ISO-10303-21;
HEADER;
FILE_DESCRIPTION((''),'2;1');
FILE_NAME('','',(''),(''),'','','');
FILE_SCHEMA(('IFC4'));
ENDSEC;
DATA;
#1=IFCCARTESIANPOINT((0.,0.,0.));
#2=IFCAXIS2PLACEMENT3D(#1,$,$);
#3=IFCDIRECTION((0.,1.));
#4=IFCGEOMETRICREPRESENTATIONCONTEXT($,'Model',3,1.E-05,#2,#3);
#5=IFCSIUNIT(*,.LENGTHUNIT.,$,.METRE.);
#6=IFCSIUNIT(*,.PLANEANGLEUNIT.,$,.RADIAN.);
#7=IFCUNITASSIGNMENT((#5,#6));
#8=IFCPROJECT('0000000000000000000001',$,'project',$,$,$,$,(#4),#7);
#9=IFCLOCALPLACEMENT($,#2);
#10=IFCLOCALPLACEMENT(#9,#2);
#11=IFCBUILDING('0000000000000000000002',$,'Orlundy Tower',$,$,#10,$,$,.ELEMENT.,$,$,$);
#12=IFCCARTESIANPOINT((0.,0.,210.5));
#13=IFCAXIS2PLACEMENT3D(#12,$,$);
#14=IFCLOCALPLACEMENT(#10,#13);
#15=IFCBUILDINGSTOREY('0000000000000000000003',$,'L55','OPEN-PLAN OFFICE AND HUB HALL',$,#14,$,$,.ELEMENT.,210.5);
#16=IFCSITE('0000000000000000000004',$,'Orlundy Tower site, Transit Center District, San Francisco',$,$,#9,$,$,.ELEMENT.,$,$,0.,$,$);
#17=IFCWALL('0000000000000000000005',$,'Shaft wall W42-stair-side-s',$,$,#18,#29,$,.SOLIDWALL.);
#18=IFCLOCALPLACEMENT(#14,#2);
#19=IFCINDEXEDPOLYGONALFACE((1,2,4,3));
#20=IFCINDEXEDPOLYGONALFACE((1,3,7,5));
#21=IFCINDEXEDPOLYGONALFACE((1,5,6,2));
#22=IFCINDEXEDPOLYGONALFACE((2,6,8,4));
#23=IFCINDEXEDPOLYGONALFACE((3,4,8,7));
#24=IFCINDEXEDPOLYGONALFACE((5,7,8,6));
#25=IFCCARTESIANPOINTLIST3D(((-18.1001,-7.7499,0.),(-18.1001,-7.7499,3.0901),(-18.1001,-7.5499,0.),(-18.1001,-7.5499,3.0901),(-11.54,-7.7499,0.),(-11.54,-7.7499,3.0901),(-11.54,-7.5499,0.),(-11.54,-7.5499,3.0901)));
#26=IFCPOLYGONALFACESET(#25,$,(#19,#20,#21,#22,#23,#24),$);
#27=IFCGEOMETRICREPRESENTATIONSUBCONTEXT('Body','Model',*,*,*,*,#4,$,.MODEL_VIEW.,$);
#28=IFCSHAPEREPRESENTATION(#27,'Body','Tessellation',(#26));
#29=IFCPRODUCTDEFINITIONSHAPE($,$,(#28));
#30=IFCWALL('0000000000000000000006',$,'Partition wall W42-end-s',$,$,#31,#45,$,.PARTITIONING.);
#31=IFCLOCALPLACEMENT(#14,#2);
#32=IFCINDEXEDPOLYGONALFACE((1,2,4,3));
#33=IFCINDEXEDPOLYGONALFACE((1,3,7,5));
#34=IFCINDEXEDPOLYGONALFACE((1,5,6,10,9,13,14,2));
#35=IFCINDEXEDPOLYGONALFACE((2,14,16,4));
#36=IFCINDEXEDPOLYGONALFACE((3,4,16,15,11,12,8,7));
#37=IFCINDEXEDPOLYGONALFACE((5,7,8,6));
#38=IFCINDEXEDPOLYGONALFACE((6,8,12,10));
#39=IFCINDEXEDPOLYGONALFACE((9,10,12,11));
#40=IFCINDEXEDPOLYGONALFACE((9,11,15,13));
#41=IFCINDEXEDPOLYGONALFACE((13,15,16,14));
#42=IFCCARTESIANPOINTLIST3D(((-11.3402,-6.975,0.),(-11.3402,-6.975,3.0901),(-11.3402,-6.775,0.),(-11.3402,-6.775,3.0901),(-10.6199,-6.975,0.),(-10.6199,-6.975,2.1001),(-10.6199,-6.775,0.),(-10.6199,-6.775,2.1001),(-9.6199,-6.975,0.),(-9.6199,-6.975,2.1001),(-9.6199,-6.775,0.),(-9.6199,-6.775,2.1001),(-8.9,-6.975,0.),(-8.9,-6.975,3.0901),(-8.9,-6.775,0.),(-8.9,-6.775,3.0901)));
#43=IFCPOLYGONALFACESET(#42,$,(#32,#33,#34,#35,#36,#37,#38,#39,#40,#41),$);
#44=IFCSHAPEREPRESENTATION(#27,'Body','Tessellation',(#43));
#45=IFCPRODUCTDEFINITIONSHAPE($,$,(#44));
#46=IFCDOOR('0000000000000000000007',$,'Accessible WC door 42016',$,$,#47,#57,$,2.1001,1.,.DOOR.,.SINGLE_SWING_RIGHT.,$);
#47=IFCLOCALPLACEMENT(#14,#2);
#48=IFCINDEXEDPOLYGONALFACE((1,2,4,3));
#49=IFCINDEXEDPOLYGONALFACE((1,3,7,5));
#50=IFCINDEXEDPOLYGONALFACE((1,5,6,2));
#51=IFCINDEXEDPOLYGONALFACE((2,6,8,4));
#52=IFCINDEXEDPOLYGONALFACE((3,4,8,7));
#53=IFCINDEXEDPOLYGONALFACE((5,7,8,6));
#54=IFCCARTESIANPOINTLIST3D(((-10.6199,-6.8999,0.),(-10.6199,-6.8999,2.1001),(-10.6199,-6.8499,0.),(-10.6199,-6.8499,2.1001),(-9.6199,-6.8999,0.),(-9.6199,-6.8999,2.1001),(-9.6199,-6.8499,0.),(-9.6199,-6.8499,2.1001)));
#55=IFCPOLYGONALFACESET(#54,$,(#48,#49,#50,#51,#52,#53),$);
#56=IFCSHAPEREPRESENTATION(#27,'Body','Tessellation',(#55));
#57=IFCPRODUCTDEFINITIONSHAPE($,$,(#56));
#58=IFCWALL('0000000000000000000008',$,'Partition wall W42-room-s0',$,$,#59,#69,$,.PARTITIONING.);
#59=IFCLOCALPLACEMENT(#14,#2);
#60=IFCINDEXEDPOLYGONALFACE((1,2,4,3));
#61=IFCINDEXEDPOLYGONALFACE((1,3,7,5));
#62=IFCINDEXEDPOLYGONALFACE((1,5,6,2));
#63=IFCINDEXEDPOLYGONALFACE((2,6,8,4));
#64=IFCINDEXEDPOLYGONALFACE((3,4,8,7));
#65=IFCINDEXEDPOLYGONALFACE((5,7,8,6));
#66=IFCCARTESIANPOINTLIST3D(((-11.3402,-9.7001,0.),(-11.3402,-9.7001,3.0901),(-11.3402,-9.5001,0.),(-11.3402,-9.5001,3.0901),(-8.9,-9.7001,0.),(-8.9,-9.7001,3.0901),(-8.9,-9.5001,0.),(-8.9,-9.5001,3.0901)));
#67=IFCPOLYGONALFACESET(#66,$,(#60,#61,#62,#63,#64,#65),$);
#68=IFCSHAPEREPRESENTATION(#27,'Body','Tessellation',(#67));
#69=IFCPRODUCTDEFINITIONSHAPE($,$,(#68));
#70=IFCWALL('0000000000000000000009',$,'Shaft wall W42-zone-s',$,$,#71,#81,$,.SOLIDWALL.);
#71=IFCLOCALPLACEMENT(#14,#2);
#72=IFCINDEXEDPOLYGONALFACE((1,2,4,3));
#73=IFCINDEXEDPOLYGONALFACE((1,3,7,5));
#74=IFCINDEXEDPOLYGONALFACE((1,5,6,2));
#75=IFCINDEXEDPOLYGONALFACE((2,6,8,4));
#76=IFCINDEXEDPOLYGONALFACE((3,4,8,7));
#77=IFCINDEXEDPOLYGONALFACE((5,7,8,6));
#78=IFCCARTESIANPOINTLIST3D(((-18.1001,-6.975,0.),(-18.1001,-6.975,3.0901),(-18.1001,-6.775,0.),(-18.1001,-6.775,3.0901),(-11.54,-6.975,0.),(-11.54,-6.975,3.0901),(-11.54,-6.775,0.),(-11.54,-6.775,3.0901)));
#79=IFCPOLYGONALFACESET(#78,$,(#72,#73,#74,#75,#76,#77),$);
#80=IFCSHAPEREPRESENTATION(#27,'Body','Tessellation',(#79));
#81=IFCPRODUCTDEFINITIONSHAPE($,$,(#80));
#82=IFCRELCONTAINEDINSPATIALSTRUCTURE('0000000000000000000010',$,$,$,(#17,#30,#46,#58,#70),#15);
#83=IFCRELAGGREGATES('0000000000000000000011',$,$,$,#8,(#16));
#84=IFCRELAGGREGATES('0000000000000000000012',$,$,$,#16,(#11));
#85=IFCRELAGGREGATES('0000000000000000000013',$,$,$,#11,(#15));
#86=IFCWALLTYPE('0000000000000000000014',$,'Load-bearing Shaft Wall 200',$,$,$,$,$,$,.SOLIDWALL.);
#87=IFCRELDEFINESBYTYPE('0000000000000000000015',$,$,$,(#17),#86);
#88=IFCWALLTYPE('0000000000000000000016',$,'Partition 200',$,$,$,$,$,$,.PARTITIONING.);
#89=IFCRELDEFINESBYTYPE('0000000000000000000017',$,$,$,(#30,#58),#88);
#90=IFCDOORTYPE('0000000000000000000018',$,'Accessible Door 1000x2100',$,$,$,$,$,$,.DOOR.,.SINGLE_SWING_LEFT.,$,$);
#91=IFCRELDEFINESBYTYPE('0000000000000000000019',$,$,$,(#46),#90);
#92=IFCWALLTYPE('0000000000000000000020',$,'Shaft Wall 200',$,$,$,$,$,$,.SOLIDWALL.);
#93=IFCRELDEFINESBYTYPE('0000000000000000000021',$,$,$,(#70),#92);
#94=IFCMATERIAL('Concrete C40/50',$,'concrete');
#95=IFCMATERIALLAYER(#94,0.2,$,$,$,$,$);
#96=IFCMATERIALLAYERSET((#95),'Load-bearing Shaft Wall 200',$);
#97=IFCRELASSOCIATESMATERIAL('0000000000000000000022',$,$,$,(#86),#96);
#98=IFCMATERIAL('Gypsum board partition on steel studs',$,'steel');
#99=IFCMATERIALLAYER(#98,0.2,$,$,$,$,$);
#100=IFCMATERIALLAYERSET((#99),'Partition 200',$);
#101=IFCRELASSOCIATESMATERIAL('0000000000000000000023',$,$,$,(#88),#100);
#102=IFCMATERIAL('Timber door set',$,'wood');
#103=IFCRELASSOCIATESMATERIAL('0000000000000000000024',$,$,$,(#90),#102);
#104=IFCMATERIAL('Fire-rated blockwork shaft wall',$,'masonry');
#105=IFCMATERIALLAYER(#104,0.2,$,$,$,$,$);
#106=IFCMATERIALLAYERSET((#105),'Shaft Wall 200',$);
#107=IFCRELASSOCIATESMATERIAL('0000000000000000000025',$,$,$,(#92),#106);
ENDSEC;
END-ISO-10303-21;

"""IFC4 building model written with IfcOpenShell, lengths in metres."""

from ifc_helpers import new_model, si_unit, direction, frame, frame_2d, origin, place, context, subcontext, project, spatial, rectangle, extrude, material, layer, layer_set, type_object, element, fill, save


model = new_model("IFC4")

# Units and contexts
model_context = context("Model", 3, precision=1e-05, world=origin(), true_north=direction((0.0, 1.0)))
body_context = subcontext(model_context, "Body", "Model", "MODEL_VIEW")
ifc_project = project(units=[si_unit("LENGTHUNIT", "METRE"), si_unit("PLANEANGLEUNIT", "RADIAN")], contexts=[model_context])

# Site, building, storey
site_placement = place(None, origin())
site = spatial("IfcSite", under=ifc_project, at=site_placement, Name="Orlundy Tower site, Transit Center District, San Francisco", CompositionType="ELEMENT", RefElevation=0.0)
building_placement = place(site_placement, origin())
building = spatial("IfcBuilding", under=site, at=building_placement, Name="Orlundy Tower", CompositionType="ELEMENT")
storey_placement = place(building_placement, frame((0.0, 0.0, 210.5)))
storey = spatial("IfcBuildingStorey", under=building, at=storey_placement, Name="L55", Description="OPEN-PLAN OFFICE AND HUB HALL", CompositionType="ELEMENT", Elevation=210.5)

# Wall
ifc_material_1 = material(Name="Concrete C40/50", Category="concrete")
ifc_layer_1 = layer(ifc_material_1, 0.2)
ifc_layer_set_1 = layer_set([ifc_layer_1], Name="Load-bearing Shaft Wall 200")
wall_type_1 = type_object("IfcWallType", Name="Load-bearing Shaft Wall 200", PredefinedType="SOLIDWALL", material=ifc_layer_set_1)
wall_1_placement = place(storey_placement, frame((-11.54, -7.6499, 0.0), z_axis=(0.0, 0.0, 1.0), x_axis=(-1.0, 0.0, 0.0)))
element("IfcWall", 1, at=wall_1_placement, inside=storey, type_object=wall_type_1, Name="Shaft wall W42-stair-side-s", PredefinedType="SOLIDWALL", context=body_context, shape_type="SweptSolid", body=[
    extrude(rectangle(XDim=6.5601, YDim=0.2, at=frame_2d((3.28, 0.0))), origin(), (0.0, 0.0, 1.0), 3.0901),
])

# Wall, opening, door
ifc_material_2 = material(Name="Gypsum board partition on steel studs", Category="steel")
ifc_layer_2 = layer(ifc_material_2, 0.2)
ifc_layer_set_2 = layer_set([ifc_layer_2], Name="Partition 200")
wall_type_2 = type_object("IfcWallType", Name="Partition 200", PredefinedType="PARTITIONING", material=ifc_layer_set_2)
wall_2_placement = place(storey_placement, frame((-8.8999, -6.875, 0.0), z_axis=(0.0, 0.0, 1.0), x_axis=(-1.0, 0.0, 0.0)))
wall_2 = element("IfcWall", 2, at=wall_2_placement, inside=storey, type_object=wall_type_2, Name="Partition wall W42-end-s", PredefinedType="PARTITIONING", context=body_context, shape_type="SweptSolid", body=[
    extrude(rectangle(XDim=2.4402, YDim=0.2, at=frame_2d((1.2202, 0.0))), origin(), (0.0, 0.0, 1.0), 3.0901),
])
opening_1_placement = place(wall_2_placement, frame((0.72, 0.0, 0.0)))
opening_1 = element("IfcOpeningElement", 3, at=opening_1_placement, cuts=wall_2, PredefinedType="OPENING", context=body_context, shape_type="SweptSolid", body=[
    extrude(rectangle(XDim=1.0, YDim=2.1001, at=frame_2d((0.5, 1.05))), frame((0.0, 0.1101, 0.0), z_axis=(0.0, -1.0, 0.0), x_axis=(1.0, 0.0, 0.0)), (0.0, 0.0, 1.0), 0.2202),
])
ifc_material_3 = material(Name="Timber door set", Category="wood")
door_type_1 = type_object("IfcDoorType", Name="Accessible Door 1000x2100", OperationType="SINGLE_SWING_LEFT", PredefinedType="DOOR", material=ifc_material_3)
door_1_placement = place(opening_1_placement, origin())
door_1 = element("IfcDoor", 4, at=door_1_placement, inside=storey, type_object=door_type_1, Name="Accessible WC door 42016", OperationType="SINGLE_SWING_RIGHT", OverallHeight=2.1001, OverallWidth=1.0, PredefinedType="DOOR", context=body_context, shape_type="SweptSolid", body=[
    extrude(rectangle(XDim=1.0, YDim=2.1001, at=frame_2d((0.5, 1.05))), frame((0.0, 0.0249, 0.0), z_axis=(0.0, -1.0, 0.0), x_axis=(1.0, 0.0, 0.0)), (0.0, 0.0, 1.0), 0.05),
])
fill(opening_1, door_1)

# Walls
wall_3_placement = place(storey_placement, frame((-8.8999, -9.6001, 0.0), z_axis=(0.0, 0.0, 1.0), x_axis=(-1.0, 0.0, 0.0)))
element("IfcWall", 5, at=wall_3_placement, inside=storey, type_object=wall_type_2, Name="Partition wall W42-room-s0", PredefinedType="PARTITIONING", context=body_context, shape_type="SweptSolid", body=[
    extrude(rectangle(XDim=2.4402, YDim=0.2, at=frame_2d((1.2202, 0.0))), origin(), (0.0, 0.0, 1.0), 3.0901),
])
ifc_material_4 = material(Name="Fire-rated blockwork shaft wall", Category="masonry")
ifc_layer_3 = layer(ifc_material_4, 0.2)
ifc_layer_set_3 = layer_set([ifc_layer_3], Name="Shaft Wall 200")
wall_type_3 = type_object("IfcWallType", Name="Shaft Wall 200", PredefinedType="SOLIDWALL", material=ifc_layer_set_3)
wall_4_placement = place(storey_placement, frame((-11.54, -6.875, 0.0), z_axis=(0.0, 0.0, 1.0), x_axis=(-1.0, 0.0, 0.0)))
element("IfcWall", 6, at=wall_4_placement, inside=storey, type_object=wall_type_3, Name="Shaft wall W42-zone-s", PredefinedType="SOLIDWALL", context=body_context, shape_type="SweptSolid", body=[
    extrude(rectangle(XDim=6.5601, YDim=0.2, at=frame_2d((3.28, 0.0))), origin(), (0.0, 0.0, 1.0), 3.0901),
])

save(model, "model.ifc")
